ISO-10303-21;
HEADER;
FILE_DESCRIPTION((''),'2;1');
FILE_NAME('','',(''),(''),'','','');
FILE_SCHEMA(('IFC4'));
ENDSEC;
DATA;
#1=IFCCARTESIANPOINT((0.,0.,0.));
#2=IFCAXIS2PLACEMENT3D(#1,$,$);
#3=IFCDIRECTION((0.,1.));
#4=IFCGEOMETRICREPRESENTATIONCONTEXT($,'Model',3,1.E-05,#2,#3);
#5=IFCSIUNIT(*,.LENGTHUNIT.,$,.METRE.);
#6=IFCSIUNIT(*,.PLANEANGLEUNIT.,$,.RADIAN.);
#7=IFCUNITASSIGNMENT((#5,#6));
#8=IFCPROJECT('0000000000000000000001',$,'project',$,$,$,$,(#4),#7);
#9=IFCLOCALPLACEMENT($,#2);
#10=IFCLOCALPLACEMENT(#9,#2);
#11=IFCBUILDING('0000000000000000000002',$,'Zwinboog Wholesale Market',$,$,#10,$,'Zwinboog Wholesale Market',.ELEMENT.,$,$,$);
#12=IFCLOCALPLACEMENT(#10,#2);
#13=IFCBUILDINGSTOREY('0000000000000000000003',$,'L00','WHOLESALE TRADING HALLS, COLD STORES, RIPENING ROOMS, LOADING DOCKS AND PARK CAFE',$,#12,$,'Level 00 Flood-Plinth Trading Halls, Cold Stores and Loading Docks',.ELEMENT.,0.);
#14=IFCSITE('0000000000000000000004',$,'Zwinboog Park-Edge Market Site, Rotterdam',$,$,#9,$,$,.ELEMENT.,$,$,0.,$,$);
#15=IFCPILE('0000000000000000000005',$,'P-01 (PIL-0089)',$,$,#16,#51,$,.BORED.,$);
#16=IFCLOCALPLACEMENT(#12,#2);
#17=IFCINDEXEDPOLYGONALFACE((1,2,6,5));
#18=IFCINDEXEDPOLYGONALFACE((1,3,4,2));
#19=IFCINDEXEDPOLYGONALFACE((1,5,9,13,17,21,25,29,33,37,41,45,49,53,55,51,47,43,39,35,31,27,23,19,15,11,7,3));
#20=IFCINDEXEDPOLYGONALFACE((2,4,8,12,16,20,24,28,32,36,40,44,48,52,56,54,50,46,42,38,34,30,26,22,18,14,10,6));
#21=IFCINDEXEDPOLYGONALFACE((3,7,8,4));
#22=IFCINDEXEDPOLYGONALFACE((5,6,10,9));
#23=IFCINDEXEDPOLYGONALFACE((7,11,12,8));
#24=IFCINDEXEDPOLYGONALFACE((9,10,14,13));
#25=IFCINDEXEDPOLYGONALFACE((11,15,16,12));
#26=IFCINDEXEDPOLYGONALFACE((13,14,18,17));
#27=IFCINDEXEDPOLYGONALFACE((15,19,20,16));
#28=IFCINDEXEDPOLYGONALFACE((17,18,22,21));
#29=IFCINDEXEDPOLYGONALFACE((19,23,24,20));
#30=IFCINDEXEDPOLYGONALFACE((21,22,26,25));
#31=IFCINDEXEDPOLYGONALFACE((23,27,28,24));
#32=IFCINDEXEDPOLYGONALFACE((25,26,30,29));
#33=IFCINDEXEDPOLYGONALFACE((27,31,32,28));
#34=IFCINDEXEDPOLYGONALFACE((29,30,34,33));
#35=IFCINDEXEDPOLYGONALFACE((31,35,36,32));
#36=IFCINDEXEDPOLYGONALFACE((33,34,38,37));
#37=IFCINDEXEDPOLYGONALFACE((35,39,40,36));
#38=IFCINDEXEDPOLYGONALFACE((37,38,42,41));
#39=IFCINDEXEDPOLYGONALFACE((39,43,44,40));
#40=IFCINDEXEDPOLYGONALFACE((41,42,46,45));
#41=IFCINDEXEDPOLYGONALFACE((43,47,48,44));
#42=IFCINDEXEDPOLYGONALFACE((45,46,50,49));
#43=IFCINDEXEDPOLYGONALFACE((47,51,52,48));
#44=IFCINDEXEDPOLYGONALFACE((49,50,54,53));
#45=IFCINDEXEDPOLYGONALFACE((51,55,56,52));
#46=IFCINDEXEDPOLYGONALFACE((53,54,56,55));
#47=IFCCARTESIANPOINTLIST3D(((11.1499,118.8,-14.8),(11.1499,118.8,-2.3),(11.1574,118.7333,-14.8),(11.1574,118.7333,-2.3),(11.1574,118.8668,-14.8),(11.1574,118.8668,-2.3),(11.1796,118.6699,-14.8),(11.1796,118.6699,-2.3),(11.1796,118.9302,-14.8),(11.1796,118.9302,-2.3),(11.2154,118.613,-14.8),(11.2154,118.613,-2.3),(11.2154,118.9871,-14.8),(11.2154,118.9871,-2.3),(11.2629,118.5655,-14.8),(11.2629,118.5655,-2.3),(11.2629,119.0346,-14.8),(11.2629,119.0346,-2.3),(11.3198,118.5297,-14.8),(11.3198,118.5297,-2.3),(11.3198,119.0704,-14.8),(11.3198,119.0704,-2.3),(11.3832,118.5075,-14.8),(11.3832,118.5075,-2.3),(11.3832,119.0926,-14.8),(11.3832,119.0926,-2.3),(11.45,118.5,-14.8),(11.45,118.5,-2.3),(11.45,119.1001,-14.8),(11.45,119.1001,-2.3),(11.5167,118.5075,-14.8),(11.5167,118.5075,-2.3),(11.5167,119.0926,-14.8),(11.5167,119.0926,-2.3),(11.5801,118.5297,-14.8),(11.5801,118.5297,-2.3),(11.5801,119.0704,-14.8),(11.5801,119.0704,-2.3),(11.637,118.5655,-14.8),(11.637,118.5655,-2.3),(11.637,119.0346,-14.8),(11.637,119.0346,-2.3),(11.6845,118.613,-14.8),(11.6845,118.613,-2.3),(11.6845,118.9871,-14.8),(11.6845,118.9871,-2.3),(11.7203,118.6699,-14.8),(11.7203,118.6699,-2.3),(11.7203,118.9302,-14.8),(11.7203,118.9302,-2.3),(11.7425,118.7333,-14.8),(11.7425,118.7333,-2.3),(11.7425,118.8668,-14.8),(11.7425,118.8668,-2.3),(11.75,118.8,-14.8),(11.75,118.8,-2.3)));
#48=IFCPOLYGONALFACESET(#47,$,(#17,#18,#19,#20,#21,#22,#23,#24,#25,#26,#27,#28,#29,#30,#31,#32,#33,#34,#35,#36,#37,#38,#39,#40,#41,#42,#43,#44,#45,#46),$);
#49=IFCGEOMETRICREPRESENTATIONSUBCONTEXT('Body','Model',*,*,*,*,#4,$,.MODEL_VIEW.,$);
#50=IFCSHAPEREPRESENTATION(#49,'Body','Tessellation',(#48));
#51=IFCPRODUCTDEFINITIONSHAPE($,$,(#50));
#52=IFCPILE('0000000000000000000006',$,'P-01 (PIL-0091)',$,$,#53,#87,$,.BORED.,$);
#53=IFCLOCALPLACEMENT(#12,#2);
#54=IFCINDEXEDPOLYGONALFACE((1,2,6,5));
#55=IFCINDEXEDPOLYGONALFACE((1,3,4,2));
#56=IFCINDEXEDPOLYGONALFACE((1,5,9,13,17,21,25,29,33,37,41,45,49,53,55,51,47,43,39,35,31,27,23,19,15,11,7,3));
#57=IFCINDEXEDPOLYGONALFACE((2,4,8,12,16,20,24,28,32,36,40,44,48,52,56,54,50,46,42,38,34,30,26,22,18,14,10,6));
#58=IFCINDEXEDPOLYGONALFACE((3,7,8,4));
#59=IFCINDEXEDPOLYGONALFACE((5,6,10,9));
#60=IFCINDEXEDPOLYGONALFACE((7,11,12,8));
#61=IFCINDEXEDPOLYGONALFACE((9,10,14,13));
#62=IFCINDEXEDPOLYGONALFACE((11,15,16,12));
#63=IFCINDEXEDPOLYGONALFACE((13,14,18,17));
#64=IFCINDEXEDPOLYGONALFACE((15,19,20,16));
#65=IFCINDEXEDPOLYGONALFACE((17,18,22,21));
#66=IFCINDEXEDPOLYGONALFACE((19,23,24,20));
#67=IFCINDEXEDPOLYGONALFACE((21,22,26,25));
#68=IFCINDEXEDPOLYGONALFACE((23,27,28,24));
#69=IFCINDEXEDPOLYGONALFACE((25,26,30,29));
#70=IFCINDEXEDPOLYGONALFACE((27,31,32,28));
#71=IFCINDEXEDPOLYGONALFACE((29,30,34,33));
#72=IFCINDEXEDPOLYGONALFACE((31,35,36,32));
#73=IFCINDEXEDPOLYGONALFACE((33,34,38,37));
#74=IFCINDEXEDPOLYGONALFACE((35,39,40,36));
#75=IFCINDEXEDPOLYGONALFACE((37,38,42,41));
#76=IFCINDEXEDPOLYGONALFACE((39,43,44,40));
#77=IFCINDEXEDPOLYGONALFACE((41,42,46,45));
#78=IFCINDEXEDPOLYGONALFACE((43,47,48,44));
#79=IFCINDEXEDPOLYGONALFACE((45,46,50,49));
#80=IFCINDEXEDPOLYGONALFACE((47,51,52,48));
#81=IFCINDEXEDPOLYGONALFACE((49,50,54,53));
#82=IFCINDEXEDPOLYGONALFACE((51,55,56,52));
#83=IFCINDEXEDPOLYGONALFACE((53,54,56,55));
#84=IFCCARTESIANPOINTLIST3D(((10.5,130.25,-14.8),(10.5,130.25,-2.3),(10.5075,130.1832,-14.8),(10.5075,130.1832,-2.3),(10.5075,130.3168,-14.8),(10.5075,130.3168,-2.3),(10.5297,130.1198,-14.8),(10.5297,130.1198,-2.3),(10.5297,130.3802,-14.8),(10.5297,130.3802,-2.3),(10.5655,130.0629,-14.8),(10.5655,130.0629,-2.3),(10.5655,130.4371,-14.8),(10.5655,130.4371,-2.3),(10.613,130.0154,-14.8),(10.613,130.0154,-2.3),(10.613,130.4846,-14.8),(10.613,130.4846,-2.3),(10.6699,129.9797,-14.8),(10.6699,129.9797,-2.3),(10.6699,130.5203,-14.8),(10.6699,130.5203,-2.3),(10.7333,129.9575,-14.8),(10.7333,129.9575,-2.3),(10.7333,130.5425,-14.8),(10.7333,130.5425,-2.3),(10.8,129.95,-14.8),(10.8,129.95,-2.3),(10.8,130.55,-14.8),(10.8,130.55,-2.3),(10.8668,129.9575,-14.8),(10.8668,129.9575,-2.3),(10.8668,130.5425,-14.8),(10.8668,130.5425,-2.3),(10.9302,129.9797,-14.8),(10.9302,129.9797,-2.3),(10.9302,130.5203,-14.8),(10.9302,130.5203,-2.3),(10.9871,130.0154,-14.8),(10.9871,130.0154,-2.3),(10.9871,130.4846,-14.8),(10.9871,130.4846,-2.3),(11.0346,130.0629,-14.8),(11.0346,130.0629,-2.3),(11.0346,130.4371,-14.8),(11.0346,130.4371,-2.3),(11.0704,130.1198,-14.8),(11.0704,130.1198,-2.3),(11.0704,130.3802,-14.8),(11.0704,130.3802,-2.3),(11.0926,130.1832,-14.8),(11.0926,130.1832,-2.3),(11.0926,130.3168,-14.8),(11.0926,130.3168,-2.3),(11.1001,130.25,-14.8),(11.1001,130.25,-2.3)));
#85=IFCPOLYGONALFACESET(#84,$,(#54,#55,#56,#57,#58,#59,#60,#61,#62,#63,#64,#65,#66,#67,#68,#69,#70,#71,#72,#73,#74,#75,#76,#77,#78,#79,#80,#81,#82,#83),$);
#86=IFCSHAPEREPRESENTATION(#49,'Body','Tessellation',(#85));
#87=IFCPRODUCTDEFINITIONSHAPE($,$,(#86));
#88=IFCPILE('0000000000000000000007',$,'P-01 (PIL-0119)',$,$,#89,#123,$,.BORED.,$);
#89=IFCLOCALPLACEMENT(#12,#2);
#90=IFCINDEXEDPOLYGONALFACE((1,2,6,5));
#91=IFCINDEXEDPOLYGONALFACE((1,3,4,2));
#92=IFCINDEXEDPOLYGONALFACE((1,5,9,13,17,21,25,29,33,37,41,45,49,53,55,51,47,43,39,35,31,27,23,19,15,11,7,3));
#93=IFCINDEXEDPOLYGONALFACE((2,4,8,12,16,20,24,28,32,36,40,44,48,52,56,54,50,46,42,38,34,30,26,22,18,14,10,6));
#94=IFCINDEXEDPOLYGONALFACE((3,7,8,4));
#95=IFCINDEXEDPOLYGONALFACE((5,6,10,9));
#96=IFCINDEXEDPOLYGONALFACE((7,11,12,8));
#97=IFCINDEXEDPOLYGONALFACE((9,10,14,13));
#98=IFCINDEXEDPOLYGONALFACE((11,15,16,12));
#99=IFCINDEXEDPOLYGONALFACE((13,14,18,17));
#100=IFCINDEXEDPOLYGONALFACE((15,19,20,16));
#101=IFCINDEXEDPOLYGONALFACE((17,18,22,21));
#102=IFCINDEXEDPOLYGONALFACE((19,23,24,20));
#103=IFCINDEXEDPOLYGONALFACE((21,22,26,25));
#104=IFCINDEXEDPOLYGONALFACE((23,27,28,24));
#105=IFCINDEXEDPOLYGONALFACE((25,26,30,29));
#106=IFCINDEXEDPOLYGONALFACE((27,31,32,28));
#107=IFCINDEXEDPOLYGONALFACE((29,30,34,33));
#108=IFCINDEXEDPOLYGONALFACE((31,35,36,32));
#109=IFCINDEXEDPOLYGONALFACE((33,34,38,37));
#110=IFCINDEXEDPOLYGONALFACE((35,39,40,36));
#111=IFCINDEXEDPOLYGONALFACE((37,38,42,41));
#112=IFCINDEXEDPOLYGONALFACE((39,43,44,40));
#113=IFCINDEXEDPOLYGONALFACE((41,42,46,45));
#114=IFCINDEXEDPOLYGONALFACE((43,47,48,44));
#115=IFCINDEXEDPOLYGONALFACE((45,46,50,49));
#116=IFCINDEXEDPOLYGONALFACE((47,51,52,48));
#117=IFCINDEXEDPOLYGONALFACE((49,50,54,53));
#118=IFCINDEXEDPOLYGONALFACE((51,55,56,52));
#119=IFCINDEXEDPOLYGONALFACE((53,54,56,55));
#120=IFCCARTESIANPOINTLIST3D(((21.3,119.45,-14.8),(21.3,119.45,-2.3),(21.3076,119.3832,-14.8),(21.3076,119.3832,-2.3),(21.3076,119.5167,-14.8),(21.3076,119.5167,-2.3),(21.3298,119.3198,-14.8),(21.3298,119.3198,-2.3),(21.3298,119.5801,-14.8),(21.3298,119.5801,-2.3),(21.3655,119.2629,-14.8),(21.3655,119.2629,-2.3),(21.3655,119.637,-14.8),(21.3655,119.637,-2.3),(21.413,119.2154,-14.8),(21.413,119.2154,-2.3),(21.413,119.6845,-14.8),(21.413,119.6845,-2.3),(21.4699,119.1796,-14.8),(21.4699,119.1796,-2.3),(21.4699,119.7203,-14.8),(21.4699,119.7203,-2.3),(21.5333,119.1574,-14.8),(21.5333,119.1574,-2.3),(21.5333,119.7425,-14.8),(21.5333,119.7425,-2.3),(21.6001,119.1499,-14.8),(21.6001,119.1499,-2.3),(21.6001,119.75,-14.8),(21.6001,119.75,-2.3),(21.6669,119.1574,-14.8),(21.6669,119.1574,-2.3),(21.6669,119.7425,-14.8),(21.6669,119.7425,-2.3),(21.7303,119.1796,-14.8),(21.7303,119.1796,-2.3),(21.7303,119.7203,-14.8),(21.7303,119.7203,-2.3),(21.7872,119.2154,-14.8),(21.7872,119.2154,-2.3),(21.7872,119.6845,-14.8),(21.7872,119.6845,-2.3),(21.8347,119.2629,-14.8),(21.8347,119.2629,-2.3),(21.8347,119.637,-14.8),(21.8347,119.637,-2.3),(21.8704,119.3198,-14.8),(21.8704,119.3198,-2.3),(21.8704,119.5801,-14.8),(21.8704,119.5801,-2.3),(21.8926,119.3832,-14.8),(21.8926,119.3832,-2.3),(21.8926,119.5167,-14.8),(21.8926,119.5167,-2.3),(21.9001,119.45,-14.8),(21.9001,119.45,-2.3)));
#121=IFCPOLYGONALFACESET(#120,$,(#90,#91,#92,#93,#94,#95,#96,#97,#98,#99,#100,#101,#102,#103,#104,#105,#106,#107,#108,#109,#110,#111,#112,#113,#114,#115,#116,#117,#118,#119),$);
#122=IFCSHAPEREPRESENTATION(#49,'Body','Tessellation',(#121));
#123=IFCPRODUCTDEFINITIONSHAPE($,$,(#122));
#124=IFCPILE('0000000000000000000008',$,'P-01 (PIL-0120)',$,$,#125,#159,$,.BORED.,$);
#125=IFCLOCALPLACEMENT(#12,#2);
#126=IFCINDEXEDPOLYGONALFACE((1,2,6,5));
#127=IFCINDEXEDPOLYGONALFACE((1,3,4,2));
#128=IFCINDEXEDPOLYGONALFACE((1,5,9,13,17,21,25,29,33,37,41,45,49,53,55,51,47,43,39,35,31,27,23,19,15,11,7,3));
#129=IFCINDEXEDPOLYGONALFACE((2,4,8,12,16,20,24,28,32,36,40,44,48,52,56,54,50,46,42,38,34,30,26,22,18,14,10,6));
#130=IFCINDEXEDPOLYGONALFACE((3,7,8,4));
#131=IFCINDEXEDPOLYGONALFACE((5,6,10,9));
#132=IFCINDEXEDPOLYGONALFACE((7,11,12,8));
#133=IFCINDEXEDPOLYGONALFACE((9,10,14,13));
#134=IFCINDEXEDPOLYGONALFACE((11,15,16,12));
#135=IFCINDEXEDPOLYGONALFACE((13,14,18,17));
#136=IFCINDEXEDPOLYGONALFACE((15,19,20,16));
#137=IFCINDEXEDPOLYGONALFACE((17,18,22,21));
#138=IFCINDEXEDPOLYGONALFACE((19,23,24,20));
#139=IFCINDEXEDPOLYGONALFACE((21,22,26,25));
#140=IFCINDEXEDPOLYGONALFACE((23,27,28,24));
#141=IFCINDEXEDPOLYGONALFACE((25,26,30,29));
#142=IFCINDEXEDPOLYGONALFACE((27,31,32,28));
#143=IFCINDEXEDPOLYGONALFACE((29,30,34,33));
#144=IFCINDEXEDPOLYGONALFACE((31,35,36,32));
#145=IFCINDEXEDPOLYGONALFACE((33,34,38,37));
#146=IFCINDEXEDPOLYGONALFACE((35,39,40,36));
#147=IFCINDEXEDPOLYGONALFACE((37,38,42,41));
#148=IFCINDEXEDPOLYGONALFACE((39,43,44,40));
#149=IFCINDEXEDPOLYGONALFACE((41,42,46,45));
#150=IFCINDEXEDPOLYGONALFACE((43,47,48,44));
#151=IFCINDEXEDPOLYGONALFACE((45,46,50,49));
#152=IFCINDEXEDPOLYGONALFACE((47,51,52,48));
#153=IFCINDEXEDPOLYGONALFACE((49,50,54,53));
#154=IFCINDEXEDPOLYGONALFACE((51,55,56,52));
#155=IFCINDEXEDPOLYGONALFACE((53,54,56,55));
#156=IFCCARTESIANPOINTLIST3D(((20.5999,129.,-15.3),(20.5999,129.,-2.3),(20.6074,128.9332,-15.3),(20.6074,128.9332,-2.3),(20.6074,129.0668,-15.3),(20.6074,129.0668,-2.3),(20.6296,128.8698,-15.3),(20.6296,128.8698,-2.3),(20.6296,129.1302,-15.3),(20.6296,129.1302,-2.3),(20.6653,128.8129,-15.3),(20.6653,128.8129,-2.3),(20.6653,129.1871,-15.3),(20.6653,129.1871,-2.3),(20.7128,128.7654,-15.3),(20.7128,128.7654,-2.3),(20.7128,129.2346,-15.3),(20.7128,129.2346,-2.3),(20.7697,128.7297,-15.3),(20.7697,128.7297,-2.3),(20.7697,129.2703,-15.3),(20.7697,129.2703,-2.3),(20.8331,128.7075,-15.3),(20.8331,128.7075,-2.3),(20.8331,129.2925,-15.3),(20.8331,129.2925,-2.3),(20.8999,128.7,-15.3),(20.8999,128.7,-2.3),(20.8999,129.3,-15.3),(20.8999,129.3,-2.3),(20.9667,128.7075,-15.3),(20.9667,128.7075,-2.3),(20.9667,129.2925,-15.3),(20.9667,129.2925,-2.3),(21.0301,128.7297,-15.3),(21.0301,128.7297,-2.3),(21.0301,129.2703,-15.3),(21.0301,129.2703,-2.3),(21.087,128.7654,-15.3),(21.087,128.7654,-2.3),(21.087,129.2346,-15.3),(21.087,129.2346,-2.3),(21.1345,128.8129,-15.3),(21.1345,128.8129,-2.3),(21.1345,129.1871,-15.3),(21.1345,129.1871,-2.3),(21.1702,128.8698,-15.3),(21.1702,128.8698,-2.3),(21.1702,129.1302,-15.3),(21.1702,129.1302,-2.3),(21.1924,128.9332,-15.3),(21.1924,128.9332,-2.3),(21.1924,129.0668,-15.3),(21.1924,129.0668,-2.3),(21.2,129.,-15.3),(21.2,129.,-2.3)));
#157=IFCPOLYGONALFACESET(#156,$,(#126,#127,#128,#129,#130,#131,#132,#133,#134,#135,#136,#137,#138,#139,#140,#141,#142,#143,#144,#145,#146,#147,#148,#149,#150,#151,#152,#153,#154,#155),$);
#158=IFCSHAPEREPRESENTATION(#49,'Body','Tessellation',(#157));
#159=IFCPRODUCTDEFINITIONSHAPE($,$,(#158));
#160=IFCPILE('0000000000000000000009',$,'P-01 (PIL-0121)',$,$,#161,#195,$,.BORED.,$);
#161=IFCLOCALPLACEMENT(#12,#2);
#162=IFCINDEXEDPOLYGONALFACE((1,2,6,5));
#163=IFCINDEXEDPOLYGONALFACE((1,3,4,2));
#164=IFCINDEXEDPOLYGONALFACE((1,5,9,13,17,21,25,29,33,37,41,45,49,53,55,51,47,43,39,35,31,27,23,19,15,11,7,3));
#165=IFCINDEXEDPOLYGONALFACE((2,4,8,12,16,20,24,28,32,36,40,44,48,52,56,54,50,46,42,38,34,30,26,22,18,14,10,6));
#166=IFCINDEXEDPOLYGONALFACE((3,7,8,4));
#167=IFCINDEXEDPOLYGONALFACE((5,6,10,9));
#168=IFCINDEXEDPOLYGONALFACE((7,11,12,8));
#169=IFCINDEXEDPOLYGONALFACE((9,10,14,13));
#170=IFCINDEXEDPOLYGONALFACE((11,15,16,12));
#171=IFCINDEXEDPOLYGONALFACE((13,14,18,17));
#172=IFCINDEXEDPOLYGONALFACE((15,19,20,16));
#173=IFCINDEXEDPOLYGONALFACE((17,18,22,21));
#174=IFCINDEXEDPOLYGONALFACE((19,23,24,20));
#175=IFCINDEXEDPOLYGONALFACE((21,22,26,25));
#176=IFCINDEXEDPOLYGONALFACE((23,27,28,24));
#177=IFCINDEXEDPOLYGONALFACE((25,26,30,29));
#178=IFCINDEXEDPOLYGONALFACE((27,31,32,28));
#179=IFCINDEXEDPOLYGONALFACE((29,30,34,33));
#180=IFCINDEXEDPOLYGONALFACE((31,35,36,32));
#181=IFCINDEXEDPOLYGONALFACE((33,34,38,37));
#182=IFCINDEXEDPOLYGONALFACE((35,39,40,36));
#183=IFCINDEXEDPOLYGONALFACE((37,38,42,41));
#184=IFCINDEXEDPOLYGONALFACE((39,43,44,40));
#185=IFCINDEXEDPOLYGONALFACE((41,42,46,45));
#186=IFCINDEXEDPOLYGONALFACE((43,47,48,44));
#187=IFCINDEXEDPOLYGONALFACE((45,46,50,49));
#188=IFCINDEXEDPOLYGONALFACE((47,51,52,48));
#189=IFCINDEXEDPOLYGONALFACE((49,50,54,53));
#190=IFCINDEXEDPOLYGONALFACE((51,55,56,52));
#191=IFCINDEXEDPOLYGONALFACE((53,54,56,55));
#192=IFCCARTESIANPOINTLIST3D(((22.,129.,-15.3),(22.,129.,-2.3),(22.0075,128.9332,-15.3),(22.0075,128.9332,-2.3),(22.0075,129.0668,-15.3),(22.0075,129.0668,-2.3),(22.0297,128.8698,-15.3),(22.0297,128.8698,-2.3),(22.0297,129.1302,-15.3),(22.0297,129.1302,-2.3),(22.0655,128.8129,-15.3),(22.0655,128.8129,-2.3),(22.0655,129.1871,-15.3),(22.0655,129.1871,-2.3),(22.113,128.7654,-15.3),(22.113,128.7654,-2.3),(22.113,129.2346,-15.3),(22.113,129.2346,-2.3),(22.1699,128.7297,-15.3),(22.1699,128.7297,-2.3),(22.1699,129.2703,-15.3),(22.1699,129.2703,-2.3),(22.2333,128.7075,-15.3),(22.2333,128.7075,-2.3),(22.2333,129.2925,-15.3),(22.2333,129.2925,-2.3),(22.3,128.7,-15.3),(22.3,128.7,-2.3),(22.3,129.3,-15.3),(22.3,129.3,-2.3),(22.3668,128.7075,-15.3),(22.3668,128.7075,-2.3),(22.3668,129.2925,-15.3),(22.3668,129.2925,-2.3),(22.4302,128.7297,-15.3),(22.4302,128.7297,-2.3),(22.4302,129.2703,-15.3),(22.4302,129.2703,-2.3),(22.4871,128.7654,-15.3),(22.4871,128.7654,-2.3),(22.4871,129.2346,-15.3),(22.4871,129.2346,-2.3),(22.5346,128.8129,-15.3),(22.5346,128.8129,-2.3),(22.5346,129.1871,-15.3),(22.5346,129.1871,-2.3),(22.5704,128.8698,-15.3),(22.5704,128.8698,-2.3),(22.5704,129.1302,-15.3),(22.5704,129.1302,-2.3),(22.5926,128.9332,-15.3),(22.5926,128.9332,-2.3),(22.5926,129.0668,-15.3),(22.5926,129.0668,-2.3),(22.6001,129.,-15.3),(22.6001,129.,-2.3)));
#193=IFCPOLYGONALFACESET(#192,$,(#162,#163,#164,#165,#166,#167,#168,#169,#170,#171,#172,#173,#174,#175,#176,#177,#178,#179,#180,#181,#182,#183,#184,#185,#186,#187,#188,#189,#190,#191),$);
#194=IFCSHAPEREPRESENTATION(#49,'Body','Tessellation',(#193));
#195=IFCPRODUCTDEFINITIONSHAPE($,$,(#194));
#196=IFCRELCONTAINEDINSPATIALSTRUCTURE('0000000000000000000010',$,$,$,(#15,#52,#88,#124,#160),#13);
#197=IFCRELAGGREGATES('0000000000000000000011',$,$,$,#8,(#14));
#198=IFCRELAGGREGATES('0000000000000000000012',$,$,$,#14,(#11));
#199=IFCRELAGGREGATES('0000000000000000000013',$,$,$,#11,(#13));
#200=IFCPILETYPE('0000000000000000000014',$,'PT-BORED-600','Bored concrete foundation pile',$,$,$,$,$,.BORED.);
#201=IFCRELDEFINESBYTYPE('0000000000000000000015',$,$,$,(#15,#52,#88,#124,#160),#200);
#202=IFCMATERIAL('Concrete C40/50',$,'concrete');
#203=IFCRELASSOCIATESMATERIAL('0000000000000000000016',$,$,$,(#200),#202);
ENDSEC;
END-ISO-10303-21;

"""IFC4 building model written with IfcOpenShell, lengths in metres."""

from ifc_helpers import new_model, si_unit, direction, frame, origin, origin_2d, place, context, subcontext, project, spatial, circle, extrude, material, material_profile, profile_set, type_object, element, save


model = new_model("IFC4")

# Units and contexts
model_context = context("Model", 3, precision=1e-05, world=origin(), true_north=direction((0.0, 1.0)))
body_context = subcontext(model_context, "Body", "Model", "MODEL_VIEW")
ifc_project = project(units=[si_unit("LENGTHUNIT", "METRE"), si_unit("PLANEANGLEUNIT", "RADIAN")], contexts=[model_context])

# Site, building, storey
site_placement = place(None, origin())
site = spatial("IfcSite", under=ifc_project, at=site_placement, Name="Zwinboog Park-Edge Market Site, Rotterdam", CompositionType="ELEMENT", RefElevation=0.0)
building_placement = place(site_placement, origin())
building = spatial("IfcBuilding", under=site, at=building_placement, Name="Zwinboog Wholesale Market", LongName="Zwinboog Wholesale Market", CompositionType="ELEMENT")
storey_placement = place(building_placement, origin())
storey = spatial("IfcBuildingStorey", under=building, at=storey_placement, Name="L00", Description="WHOLESALE TRADING HALLS, COLD STORES, RIPENING ROOMS, LOADING DOCKS AND PARK CAFE", LongName="Level 00 Flood-Plinth Trading Halls, Cold Stores and Loading Docks", CompositionType="ELEMENT", Elevation=0.0)

# Piles
ifc_material_1 = material(Name="Concrete C40/50", Category="concrete")
ifc_material_profile_1 = material_profile(ifc_material_1, circle(Radius=0.3, at=origin_2d()), Name="PILE D600")
ifc_profile_set_1 = profile_set([ifc_material_profile_1], Name="Concrete C40/50")
pile_type_1 = type_object("IfcPileType", Name="PT-BORED-600", Description="Bored concrete foundation pile", PredefinedType="BORED", material=ifc_profile_set_1)
for number, where, z_axis, x_axis, name in (
    (1, (11.45, 118.8, -2.3), (0.0, 0.0, -1.0), (1.0, 0.0, 0.0), "P-01 (PIL-0089)"),
    (2, (10.8, 130.25, -2.3), (0.0, 0.0, -1.0), (1.0, 0.0, 0.0), "P-01 (PIL-0091)"),
    (3, (21.6001, 119.45, -2.3), (0.0, 0.0, -1.0), (1.0, 0.0, 0.0), "P-01 (PIL-0119)"),
):
    element("IfcPile", number, at=place(storey_placement, frame(where, z_axis=z_axis, x_axis=x_axis)), inside=storey, type_object=pile_type_1, Name=name, PredefinedType="BORED", context=body_context, shape_type="SweptSolid", body=[
        extrude(circle(Radius=0.3, at=origin_2d()), origin(), (0.0, 0.0, 1.0), 12.5),
    ])
for number, where, z_axis, x_axis, name in (
    (4, (20.8999, 129.0, -2.3), (0.0, 0.0, -1.0), (1.0, 0.0, 0.0), "P-01 (PIL-0120)"),
    (5, (22.3, 129.0, -2.3), (0.0, 0.0, -1.0), (1.0, 0.0, 0.0), "P-01 (PIL-0121)"),
):
    element("IfcPile", number, at=place(storey_placement, frame(where, z_axis=z_axis, x_axis=x_axis)), inside=storey, type_object=pile_type_1, Name=name, PredefinedType="BORED", context=body_context, shape_type="SweptSolid", body=[
        extrude(circle(Radius=0.3, at=origin_2d()), origin(), (0.0, 0.0, 1.0), 13.0),
    ])

save(model, "model.ifc")
